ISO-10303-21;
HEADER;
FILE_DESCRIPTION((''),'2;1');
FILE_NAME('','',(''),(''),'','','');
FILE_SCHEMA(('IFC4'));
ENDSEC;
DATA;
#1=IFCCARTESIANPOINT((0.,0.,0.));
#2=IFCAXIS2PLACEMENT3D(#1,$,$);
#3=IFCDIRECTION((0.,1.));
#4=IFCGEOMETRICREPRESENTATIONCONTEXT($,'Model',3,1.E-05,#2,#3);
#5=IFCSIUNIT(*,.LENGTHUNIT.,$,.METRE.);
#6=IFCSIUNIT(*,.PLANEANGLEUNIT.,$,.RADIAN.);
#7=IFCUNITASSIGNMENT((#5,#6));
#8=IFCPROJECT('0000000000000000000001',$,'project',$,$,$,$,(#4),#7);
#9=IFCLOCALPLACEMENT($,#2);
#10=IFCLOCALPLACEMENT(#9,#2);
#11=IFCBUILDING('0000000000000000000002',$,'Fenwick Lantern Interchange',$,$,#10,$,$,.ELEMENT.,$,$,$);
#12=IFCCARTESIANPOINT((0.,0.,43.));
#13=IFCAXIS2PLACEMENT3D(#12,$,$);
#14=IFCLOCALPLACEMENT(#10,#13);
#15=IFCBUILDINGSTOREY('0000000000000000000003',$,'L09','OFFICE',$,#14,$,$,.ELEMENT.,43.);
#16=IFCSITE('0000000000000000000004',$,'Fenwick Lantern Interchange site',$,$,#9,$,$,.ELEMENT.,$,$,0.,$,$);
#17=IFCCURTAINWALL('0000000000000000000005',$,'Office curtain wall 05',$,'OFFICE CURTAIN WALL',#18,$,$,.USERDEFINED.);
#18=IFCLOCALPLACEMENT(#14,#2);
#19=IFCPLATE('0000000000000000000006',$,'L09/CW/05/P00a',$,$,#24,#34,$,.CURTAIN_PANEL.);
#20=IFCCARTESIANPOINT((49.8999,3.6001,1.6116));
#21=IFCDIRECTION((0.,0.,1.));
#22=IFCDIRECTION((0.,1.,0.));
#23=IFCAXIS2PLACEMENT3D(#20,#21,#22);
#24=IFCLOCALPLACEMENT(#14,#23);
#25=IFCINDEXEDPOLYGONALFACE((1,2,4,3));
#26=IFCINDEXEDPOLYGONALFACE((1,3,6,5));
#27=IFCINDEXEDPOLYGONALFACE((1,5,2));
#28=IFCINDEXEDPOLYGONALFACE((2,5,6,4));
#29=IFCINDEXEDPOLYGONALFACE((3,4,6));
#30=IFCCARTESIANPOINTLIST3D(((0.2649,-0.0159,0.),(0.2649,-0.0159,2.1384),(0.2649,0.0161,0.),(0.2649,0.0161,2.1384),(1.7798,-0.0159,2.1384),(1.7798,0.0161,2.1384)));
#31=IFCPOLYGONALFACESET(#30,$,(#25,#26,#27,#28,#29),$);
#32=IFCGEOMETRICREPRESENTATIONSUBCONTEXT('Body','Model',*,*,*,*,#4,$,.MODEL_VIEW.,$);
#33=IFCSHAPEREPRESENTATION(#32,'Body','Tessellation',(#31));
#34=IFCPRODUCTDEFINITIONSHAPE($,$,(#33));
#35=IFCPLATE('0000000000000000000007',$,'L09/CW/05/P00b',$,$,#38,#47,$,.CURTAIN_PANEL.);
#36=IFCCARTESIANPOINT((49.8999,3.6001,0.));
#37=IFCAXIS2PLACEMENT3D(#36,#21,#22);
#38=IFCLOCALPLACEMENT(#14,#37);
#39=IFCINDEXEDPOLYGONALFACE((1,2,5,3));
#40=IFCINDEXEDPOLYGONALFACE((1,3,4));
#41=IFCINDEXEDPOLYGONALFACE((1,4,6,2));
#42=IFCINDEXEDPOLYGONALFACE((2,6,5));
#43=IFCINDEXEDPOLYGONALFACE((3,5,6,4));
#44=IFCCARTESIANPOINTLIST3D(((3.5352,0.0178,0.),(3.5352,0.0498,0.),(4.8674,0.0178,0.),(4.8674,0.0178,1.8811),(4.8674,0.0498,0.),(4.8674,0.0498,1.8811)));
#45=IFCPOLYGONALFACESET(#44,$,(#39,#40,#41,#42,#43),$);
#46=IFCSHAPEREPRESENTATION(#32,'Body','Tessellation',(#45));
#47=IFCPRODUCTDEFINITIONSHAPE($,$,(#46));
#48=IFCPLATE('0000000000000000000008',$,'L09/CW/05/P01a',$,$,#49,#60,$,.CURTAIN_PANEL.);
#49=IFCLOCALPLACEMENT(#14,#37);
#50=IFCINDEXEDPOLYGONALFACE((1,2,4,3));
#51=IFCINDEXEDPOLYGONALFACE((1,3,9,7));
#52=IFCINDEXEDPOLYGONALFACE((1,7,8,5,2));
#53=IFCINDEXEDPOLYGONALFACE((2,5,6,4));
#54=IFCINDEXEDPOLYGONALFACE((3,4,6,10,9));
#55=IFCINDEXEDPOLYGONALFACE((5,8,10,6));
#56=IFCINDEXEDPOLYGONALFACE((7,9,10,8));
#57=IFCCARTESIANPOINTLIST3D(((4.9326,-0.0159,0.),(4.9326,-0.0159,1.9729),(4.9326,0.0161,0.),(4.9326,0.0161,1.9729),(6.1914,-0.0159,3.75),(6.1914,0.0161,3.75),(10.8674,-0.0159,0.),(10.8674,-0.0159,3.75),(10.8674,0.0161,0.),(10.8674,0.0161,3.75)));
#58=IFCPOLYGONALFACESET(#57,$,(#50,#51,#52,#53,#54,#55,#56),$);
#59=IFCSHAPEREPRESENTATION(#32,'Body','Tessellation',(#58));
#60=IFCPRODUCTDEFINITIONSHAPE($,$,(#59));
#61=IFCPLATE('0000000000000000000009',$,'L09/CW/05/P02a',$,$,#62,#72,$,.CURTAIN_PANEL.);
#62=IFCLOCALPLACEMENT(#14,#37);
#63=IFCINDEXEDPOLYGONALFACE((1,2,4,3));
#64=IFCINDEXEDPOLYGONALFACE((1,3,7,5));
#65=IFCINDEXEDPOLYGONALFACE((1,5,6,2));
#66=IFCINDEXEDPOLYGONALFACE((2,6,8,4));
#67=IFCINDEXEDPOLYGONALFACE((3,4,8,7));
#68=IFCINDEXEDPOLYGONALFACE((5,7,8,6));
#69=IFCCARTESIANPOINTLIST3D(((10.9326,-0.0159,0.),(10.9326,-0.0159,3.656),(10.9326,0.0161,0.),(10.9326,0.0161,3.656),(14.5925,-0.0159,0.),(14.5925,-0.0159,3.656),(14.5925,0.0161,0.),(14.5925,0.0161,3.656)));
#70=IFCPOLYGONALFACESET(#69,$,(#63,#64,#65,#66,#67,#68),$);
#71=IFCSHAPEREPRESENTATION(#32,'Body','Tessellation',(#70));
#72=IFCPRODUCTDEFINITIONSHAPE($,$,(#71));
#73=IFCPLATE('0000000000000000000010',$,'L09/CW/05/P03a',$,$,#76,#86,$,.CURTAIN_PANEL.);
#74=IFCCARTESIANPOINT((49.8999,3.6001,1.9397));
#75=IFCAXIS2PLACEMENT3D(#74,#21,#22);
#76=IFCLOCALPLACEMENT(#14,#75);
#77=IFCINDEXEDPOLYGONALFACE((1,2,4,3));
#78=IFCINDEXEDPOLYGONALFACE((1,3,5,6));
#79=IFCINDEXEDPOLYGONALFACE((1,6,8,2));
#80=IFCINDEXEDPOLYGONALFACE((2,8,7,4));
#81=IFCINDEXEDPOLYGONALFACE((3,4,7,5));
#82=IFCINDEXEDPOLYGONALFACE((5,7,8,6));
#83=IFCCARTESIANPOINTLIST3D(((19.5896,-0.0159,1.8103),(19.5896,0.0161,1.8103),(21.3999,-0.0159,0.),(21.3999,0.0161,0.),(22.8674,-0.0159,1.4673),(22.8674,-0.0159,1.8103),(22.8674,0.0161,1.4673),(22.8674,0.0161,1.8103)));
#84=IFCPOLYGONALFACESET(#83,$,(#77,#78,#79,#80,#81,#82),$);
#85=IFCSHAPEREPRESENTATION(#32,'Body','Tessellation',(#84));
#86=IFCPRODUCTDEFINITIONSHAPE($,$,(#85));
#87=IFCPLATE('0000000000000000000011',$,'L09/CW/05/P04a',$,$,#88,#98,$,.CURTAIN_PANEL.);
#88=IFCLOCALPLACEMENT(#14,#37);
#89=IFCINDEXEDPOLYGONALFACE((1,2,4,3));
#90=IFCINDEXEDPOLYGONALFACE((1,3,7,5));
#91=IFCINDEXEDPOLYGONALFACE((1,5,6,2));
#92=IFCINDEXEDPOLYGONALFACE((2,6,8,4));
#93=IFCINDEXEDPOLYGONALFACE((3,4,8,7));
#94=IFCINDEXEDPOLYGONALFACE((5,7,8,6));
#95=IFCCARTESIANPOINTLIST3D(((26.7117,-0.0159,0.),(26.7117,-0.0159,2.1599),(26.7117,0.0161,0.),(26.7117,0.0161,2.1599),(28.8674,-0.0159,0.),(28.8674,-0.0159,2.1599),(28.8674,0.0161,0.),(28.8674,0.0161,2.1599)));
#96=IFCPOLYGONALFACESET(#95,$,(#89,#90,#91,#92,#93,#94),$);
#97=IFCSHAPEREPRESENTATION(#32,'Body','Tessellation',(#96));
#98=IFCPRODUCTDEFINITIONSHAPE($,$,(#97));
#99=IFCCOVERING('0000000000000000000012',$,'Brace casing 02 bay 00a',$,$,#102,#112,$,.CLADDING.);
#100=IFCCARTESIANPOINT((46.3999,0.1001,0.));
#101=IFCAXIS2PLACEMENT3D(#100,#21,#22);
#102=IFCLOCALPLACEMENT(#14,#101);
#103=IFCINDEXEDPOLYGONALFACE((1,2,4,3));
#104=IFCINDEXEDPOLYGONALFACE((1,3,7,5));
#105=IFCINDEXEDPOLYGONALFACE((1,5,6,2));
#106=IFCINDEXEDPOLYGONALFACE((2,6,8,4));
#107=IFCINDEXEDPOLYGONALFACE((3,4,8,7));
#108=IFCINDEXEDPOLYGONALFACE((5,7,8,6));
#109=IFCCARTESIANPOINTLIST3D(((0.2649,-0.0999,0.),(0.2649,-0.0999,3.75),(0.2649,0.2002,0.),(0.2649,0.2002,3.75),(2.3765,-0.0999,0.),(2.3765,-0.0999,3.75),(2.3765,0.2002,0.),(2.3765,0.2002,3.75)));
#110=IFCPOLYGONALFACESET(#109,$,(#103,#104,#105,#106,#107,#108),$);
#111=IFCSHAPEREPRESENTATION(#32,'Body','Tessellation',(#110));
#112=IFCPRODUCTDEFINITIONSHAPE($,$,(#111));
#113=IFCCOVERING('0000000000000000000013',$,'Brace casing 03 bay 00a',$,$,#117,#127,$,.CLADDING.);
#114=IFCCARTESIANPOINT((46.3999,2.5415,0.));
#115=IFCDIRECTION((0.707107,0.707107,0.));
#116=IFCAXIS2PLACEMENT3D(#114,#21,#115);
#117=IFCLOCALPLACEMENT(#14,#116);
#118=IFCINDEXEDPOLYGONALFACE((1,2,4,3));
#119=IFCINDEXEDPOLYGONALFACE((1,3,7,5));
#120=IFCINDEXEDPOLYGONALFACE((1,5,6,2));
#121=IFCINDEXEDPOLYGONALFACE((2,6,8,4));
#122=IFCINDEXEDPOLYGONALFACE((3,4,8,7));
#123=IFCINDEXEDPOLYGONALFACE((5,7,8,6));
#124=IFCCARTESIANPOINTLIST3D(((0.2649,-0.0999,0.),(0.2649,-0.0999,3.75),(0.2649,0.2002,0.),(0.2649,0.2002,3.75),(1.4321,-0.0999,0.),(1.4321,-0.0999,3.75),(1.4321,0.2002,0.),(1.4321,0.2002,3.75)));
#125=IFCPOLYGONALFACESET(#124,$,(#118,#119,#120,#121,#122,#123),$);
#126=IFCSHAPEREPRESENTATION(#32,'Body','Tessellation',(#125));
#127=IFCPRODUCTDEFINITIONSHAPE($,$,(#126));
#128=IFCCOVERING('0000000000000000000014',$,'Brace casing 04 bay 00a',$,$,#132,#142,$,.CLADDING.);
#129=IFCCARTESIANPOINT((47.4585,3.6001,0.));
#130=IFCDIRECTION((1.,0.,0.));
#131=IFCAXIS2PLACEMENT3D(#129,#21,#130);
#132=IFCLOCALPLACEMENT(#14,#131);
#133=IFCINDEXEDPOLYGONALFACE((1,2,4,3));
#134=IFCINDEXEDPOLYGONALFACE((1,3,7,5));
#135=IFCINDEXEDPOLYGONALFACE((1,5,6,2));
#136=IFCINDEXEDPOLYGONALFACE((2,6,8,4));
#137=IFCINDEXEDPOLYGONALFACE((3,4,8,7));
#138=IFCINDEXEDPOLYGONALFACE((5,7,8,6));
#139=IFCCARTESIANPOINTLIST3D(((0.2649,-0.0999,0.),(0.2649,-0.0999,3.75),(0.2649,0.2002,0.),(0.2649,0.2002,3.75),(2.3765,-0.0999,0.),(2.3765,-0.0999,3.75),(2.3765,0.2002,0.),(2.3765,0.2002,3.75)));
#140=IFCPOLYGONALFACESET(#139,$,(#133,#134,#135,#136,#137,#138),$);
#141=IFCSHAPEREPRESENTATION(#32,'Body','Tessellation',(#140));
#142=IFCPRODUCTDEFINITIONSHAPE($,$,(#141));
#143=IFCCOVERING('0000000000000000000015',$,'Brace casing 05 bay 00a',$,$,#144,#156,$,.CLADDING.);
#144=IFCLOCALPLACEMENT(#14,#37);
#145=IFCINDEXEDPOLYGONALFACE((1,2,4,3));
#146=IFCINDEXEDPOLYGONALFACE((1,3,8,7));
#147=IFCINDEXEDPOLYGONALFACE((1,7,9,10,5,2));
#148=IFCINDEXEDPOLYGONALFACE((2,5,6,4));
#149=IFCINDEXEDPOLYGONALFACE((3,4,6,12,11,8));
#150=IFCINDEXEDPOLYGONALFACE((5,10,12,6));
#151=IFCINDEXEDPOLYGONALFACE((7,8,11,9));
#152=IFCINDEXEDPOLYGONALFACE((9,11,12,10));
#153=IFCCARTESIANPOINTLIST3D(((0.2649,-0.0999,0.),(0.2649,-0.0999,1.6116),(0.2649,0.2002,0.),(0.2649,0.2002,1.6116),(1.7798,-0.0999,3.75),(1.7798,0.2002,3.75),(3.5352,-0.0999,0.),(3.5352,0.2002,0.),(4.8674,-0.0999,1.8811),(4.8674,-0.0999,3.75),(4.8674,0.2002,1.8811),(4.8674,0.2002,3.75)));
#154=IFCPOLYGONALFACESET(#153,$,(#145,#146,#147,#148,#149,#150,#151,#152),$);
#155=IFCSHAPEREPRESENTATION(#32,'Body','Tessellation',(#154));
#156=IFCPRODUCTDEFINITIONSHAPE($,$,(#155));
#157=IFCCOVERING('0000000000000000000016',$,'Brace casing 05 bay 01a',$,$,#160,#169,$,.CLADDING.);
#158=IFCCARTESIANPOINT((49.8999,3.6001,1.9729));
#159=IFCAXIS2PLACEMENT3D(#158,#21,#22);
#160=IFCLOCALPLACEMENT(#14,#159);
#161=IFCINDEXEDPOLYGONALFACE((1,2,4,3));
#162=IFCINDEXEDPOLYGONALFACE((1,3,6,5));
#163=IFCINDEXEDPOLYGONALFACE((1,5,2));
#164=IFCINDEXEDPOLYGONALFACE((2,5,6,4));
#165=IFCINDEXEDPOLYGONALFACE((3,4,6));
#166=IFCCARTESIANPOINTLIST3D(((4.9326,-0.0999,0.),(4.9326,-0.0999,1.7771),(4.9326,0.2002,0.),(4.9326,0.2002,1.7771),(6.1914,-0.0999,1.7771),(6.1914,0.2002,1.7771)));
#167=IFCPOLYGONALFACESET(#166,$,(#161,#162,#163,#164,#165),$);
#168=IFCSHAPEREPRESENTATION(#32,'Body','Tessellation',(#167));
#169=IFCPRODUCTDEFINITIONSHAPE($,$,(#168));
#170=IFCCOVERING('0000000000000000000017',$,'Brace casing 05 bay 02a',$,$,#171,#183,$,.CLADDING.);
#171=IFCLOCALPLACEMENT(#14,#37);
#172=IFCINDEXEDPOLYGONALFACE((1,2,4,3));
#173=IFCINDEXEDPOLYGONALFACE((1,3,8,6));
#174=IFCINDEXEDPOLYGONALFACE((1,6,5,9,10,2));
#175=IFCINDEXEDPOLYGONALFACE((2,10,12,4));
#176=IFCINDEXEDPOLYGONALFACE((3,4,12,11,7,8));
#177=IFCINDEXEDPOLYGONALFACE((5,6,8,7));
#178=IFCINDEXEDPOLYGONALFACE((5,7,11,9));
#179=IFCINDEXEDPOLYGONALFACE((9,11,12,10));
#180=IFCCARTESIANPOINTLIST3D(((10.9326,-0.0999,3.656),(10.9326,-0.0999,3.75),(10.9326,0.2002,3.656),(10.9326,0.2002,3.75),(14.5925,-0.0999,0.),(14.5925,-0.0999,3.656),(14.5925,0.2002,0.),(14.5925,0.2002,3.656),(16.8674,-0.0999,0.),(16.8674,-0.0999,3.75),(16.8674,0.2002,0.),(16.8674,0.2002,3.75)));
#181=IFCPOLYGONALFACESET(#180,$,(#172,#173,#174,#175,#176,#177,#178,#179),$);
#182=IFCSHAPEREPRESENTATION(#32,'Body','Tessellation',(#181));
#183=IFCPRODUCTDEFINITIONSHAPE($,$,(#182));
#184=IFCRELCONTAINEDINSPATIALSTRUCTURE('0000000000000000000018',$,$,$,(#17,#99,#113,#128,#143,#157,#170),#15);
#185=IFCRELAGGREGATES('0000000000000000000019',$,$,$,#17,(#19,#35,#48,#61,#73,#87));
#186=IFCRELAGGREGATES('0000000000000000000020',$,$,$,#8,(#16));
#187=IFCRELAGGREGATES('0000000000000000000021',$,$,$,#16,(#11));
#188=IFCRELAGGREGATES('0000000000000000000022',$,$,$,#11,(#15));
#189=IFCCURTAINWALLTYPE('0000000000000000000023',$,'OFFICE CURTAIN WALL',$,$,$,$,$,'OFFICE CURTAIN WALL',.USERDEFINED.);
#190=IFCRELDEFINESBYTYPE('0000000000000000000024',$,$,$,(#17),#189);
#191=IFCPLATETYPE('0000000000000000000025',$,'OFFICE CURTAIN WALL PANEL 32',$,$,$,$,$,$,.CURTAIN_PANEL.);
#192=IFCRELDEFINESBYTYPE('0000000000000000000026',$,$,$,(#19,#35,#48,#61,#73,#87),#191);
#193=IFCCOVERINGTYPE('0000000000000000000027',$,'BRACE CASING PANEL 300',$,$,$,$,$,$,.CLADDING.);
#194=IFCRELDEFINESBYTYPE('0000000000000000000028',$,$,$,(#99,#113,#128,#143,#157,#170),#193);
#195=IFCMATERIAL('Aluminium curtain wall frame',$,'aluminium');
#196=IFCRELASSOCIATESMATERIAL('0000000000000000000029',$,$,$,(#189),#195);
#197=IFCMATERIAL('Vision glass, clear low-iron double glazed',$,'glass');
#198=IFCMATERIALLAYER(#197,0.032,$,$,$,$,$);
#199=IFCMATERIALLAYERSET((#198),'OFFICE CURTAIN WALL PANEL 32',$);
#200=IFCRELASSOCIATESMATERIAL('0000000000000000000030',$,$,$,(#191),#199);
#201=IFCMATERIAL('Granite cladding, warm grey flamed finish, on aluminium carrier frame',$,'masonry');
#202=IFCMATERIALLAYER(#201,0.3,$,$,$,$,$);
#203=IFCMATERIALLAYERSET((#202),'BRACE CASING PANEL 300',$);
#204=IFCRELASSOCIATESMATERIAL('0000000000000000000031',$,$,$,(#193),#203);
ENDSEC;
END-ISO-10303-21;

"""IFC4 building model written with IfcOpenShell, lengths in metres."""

from ifc_helpers import new_model, si_unit, direction, frame, origin, place, context, subcontext, project, spatial, polyline, outline, extrude, material, layer, layer_set, type_object, element, aggregate, save


model = new_model("IFC4")

# Units and contexts
model_context = context("Model", 3, precision=1e-05, world=origin(), true_north=direction((0.0, 1.0)))
body_context = subcontext(model_context, "Body", "Model", "MODEL_VIEW")
ifc_project = project(units=[si_unit("LENGTHUNIT", "METRE"), si_unit("PLANEANGLEUNIT", "RADIAN")], contexts=[model_context])

# Site, building, storey
site_placement = place(None, origin())
site = spatial("IfcSite", under=ifc_project, at=site_placement, Name="Fenwick Lantern Interchange site", CompositionType="ELEMENT", RefElevation=0.0)
building_placement = place(site_placement, origin())
building = spatial("IfcBuilding", under=site, at=building_placement, Name="Fenwick Lantern Interchange", CompositionType="ELEMENT")
storey_placement = place(building_placement, frame((0.0, 0.0, 43.0)))
storey = spatial("IfcBuildingStorey", under=building, at=storey_placement, Name="L09", Description="OFFICE", CompositionType="ELEMENT", Elevation=43.0)

# Shared definitions
ifc_material_1 = material(Name="Aluminium curtain wall frame", Category="aluminium")
curtain_wall_type = type_object("IfcCurtainWallType", Name="OFFICE CURTAIN WALL", ElementType="OFFICE CURTAIN WALL", PredefinedType="USERDEFINED", material=ifc_material_1)

# Curtain wall, plates
curtain_wall_1_placement = place(storey_placement, origin())
curtain_wall_1 = element("IfcCurtainWall", 1, at=curtain_wall_1_placement, inside=storey, type_object=curtain_wall_type, Name="Office curtain wall 05", ObjectType="OFFICE CURTAIN WALL", PredefinedType="USERDEFINED")
ifc_material_2 = material(Name="Vision glass, clear low-iron double glazed", Category="glass")
ifc_layer_1 = layer(ifc_material_2, 0.032)
ifc_layer_set_1 = layer_set([ifc_layer_1], Name="OFFICE CURTAIN WALL PANEL 32")
plate_type = type_object("IfcPlateType", Name="OFFICE CURTAIN WALL PANEL 32", PredefinedType="CURTAIN_PANEL", material=ifc_layer_set_1)
plate_1_placement = place(storey_placement, frame((49.8999, 3.6001, 1.6116), z_axis=(0.0, 0.0, 1.0), x_axis=(0.0, 1.0, 0.0)))
plate_1 = element("IfcPlate", 2, at=plate_1_placement, type_object=plate_type, Name="L09/CW/05/P00a", PredefinedType="CURTAIN_PANEL", context=body_context, shape_type="SweptSolid", body=[
    extrude(outline(polyline([(0.2649, 0.0), (1.7798, 2.1384), (0.2649, 2.1384), (0.2649, 0.0)])), frame((0.0, 0.0161, 0.0), z_axis=(0.0, -1.0, 0.0), x_axis=(1.0, 0.0, 0.0)), (0.0, 0.0, 1.0), 0.032),
])
plate_2_placement = place(storey_placement, frame((49.8999, 3.6001, 0.0), z_axis=(0.0, 0.0, 1.0), x_axis=(0.0, 1.0, 0.0)))
plate_2 = element("IfcPlate", 3, at=plate_2_placement, type_object=plate_type, Name="L09/CW/05/P00b", PredefinedType="CURTAIN_PANEL", context=body_context, shape_type="SweptSolid", body=[
    extrude(outline(polyline([(3.5352, 0.0), (4.8674, 0.0), (4.8674, 1.8811), (3.5352, 0.0)])), frame((0.0, 0.0498, 0.0), z_axis=(0.0, -1.0, 0.0), x_axis=(1.0, 0.0, 0.0)), (0.0, 0.0, 1.0), 0.032),
])
plate_3_placement = place(storey_placement, frame((49.8999, 3.6001, 0.0), z_axis=(0.0, 0.0, 1.0), x_axis=(0.0, 1.0, 0.0)))
plate_3 = element("IfcPlate", 4, at=plate_3_placement, type_object=plate_type, Name="L09/CW/05/P01a", PredefinedType="CURTAIN_PANEL", context=body_context, shape_type="SweptSolid", body=[
    extrude(outline(polyline([(4.9326, 0.0), (10.8674, 0.0), (10.8674, 3.75), (6.1914, 3.75), (4.9326, 1.9729), (4.9326, 0.0)])), frame((0.0, 0.0161, 0.0), z_axis=(0.0, -1.0, 0.0), x_axis=(1.0, 0.0, 0.0)), (0.0, 0.0, 1.0), 0.032),
])
plate_4_placement = place(storey_placement, frame((49.8999, 3.6001, 0.0), z_axis=(0.0, 0.0, 1.0), x_axis=(0.0, 1.0, 0.0)))
plate_4 = element("IfcPlate", 5, at=plate_4_placement, type_object=plate_type, Name="L09/CW/05/P02a", PredefinedType="CURTAIN_PANEL", context=body_context, shape_type="SweptSolid", body=[
    extrude(outline(polyline([(10.9326, 0.0), (14.5925, 0.0), (14.5925, 3.656), (10.9326, 3.656), (10.9326, 0.0)])), frame((0.0, 0.0161, 0.0), z_axis=(0.0, -1.0, 0.0), x_axis=(1.0, 0.0, 0.0)), (0.0, 0.0, 1.0), 0.032),
])
plate_5_placement = place(storey_placement, frame((49.8999, 3.6001, 1.9397), z_axis=(0.0, 0.0, 1.0), x_axis=(0.0, 1.0, 0.0)))
plate_5 = element("IfcPlate", 6, at=plate_5_placement, type_object=plate_type, Name="L09/CW/05/P03a", PredefinedType="CURTAIN_PANEL", context=body_context, shape_type="SweptSolid", body=[
    extrude(outline(polyline([(21.3999, 0.0), (22.8674, 1.4673), (22.8674, 1.8103), (19.5896, 1.8103), (21.3999, 0.0)])), frame((0.0, 0.0161, 0.0), z_axis=(0.0, -1.0, 0.0), x_axis=(1.0, 0.0, 0.0)), (0.0, 0.0, 1.0), 0.032),
])
plate_6_placement = place(storey_placement, frame((49.8999, 3.6001, 0.0), z_axis=(0.0, 0.0, 1.0), x_axis=(0.0, 1.0, 0.0)))
plate_6 = element("IfcPlate", 7, at=plate_6_placement, type_object=plate_type, Name="L09/CW/05/P04a", PredefinedType="CURTAIN_PANEL", context=body_context, shape_type="SweptSolid", body=[
    extrude(outline(polyline([(26.7117, 0.0), (28.8674, 0.0), (28.8674, 2.1599), (26.7117, 2.1599), (26.7117, 0.0)])), frame((0.0, 0.0161, 0.0), z_axis=(0.0, -1.0, 0.0), x_axis=(1.0, 0.0, 0.0)), (0.0, 0.0, 1.0), 0.032),
])
aggregate(curtain_wall_1, [plate_1, plate_2, plate_3, plate_4, plate_5, plate_6])

# Coverings
ifc_material_3 = material(Name="Granite cladding, warm grey flamed finish, on aluminium carrier frame", Category="masonry")
ifc_layer_2 = layer(ifc_material_3, 0.3)
ifc_layer_set_2 = layer_set([ifc_layer_2], Name="BRACE CASING PANEL 300")
covering_type = type_object("IfcCoveringType", Name="BRACE CASING PANEL 300", PredefinedType="CLADDING", material=ifc_layer_set_2)
covering_1_placement = place(storey_placement, frame((46.3999, 0.1001, 0.0), z_axis=(0.0, 0.0, 1.0), x_axis=(0.0, 1.0, 0.0)))
element("IfcCovering", 8, at=covering_1_placement, inside=storey, type_object=covering_type, Name="Brace casing 02 bay 00a", PredefinedType="CLADDING", context=body_context, shape_type="SweptSolid", body=[
    extrude(outline(polyline([(0.2649, 0.0), (2.3765, 0.0), (2.3765, 3.75), (0.2649, 3.75), (0.2649, 0.0)])), frame((0.0, 0.2002, 0.0), z_axis=(0.0, -1.0, 0.0), x_axis=(1.0, 0.0, 0.0)), (0.0, 0.0, 1.0), 0.3),
])
covering_2_placement = place(storey_placement, frame((46.3999, 2.5415, 0.0), z_axis=(0.0, 0.0, 1.0), x_axis=(0.707107, 0.707107, 0.0)))
element("IfcCovering", 9, at=covering_2_placement, inside=storey, type_object=covering_type, Name="Brace casing 03 bay 00a", PredefinedType="CLADDING", context=body_context, shape_type="SweptSolid", body=[
    extrude(outline(polyline([(0.2649, 0.0), (1.4321, 0.0), (1.4321, 3.75), (0.2649, 3.75), (0.2649, 0.0)])), frame((0.0, 0.2002, 0.0), z_axis=(0.0, -1.0, 0.0), x_axis=(1.0, 0.0, 0.0)), (0.0, 0.0, 1.0), 0.3),
])
covering_3_placement = place(storey_placement, frame((47.4585, 3.6001, 0.0), z_axis=(0.0, 0.0, 1.0), x_axis=(1.0, 0.0, 0.0)))
element("IfcCovering", 10, at=covering_3_placement, inside=storey, type_object=covering_type, Name="Brace casing 04 bay 00a", PredefinedType="CLADDING", context=body_context, shape_type="SweptSolid", body=[
    extrude(outline(polyline([(0.2649, 0.0), (2.3765, 0.0), (2.3765, 3.75), (0.2649, 3.75), (0.2649, 0.0)])), frame((0.0, 0.2002, 0.0), z_axis=(0.0, -1.0, 0.0), x_axis=(1.0, 0.0, 0.0)), (0.0, 0.0, 1.0), 0.3),
])
covering_4_placement = place(storey_placement, frame((49.8999, 3.6001, 0.0), z_axis=(0.0, 0.0, 1.0), x_axis=(0.0, 1.0, 0.0)))
element("IfcCovering", 11, at=covering_4_placement, inside=storey, type_object=covering_type, Name="Brace casing 05 bay 00a", PredefinedType="CLADDING", context=body_context, shape_type="SweptSolid", body=[
    extrude(outline(polyline([(0.2649, 0.0), (3.5352, 0.0), (4.8674, 1.8811), (4.8674, 3.75), (1.7798, 3.75), (0.2649, 1.6116), (0.2649, 0.0)])), frame((0.0, 0.2002, 0.0), z_axis=(0.0, -1.0, 0.0), x_axis=(1.0, 0.0, 0.0)), (0.0, 0.0, 1.0), 0.3),
])
covering_5_placement = place(storey_placement, frame((49.8999, 3.6001, 1.9729), z_axis=(0.0, 0.0, 1.0), x_axis=(0.0, 1.0, 0.0)))
element("IfcCovering", 12, at=covering_5_placement, inside=storey, type_object=covering_type, Name="Brace casing 05 bay 01a", PredefinedType="CLADDING", context=body_context, shape_type="SweptSolid", body=[
    extrude(outline(polyline([(4.9326, 0.0), (6.1914, 1.7771), (4.9326, 1.7771), (4.9326, 0.0)])), frame((0.0, 0.2002, 0.0), z_axis=(0.0, -1.0, 0.0), x_axis=(1.0, 0.0, 0.0)), (0.0, 0.0, 1.0), 0.3),
])
covering_6_placement = place(storey_placement, frame((49.8999, 3.6001, 0.0), z_axis=(0.0, 0.0, 1.0), x_axis=(0.0, 1.0, 0.0)))
element("IfcCovering", 13, at=covering_6_placement, inside=storey, type_object=covering_type, Name="Brace casing 05 bay 02a", PredefinedType="CLADDING", context=body_context, shape_type="SweptSolid", body=[
    extrude(outline(polyline([(14.5925, 0.0), (16.8674, 0.0), (16.8674, 3.75), (10.9326, 3.75), (10.9326, 3.656), (14.5925, 3.656), (14.5925, 0.0)])), frame((0.0, 0.2002, 0.0), z_axis=(0.0, -1.0, 0.0), x_axis=(1.0, 0.0, 0.0)), (0.0, 0.0, 1.0), 0.3),
])

save(model, "model.ifc")
